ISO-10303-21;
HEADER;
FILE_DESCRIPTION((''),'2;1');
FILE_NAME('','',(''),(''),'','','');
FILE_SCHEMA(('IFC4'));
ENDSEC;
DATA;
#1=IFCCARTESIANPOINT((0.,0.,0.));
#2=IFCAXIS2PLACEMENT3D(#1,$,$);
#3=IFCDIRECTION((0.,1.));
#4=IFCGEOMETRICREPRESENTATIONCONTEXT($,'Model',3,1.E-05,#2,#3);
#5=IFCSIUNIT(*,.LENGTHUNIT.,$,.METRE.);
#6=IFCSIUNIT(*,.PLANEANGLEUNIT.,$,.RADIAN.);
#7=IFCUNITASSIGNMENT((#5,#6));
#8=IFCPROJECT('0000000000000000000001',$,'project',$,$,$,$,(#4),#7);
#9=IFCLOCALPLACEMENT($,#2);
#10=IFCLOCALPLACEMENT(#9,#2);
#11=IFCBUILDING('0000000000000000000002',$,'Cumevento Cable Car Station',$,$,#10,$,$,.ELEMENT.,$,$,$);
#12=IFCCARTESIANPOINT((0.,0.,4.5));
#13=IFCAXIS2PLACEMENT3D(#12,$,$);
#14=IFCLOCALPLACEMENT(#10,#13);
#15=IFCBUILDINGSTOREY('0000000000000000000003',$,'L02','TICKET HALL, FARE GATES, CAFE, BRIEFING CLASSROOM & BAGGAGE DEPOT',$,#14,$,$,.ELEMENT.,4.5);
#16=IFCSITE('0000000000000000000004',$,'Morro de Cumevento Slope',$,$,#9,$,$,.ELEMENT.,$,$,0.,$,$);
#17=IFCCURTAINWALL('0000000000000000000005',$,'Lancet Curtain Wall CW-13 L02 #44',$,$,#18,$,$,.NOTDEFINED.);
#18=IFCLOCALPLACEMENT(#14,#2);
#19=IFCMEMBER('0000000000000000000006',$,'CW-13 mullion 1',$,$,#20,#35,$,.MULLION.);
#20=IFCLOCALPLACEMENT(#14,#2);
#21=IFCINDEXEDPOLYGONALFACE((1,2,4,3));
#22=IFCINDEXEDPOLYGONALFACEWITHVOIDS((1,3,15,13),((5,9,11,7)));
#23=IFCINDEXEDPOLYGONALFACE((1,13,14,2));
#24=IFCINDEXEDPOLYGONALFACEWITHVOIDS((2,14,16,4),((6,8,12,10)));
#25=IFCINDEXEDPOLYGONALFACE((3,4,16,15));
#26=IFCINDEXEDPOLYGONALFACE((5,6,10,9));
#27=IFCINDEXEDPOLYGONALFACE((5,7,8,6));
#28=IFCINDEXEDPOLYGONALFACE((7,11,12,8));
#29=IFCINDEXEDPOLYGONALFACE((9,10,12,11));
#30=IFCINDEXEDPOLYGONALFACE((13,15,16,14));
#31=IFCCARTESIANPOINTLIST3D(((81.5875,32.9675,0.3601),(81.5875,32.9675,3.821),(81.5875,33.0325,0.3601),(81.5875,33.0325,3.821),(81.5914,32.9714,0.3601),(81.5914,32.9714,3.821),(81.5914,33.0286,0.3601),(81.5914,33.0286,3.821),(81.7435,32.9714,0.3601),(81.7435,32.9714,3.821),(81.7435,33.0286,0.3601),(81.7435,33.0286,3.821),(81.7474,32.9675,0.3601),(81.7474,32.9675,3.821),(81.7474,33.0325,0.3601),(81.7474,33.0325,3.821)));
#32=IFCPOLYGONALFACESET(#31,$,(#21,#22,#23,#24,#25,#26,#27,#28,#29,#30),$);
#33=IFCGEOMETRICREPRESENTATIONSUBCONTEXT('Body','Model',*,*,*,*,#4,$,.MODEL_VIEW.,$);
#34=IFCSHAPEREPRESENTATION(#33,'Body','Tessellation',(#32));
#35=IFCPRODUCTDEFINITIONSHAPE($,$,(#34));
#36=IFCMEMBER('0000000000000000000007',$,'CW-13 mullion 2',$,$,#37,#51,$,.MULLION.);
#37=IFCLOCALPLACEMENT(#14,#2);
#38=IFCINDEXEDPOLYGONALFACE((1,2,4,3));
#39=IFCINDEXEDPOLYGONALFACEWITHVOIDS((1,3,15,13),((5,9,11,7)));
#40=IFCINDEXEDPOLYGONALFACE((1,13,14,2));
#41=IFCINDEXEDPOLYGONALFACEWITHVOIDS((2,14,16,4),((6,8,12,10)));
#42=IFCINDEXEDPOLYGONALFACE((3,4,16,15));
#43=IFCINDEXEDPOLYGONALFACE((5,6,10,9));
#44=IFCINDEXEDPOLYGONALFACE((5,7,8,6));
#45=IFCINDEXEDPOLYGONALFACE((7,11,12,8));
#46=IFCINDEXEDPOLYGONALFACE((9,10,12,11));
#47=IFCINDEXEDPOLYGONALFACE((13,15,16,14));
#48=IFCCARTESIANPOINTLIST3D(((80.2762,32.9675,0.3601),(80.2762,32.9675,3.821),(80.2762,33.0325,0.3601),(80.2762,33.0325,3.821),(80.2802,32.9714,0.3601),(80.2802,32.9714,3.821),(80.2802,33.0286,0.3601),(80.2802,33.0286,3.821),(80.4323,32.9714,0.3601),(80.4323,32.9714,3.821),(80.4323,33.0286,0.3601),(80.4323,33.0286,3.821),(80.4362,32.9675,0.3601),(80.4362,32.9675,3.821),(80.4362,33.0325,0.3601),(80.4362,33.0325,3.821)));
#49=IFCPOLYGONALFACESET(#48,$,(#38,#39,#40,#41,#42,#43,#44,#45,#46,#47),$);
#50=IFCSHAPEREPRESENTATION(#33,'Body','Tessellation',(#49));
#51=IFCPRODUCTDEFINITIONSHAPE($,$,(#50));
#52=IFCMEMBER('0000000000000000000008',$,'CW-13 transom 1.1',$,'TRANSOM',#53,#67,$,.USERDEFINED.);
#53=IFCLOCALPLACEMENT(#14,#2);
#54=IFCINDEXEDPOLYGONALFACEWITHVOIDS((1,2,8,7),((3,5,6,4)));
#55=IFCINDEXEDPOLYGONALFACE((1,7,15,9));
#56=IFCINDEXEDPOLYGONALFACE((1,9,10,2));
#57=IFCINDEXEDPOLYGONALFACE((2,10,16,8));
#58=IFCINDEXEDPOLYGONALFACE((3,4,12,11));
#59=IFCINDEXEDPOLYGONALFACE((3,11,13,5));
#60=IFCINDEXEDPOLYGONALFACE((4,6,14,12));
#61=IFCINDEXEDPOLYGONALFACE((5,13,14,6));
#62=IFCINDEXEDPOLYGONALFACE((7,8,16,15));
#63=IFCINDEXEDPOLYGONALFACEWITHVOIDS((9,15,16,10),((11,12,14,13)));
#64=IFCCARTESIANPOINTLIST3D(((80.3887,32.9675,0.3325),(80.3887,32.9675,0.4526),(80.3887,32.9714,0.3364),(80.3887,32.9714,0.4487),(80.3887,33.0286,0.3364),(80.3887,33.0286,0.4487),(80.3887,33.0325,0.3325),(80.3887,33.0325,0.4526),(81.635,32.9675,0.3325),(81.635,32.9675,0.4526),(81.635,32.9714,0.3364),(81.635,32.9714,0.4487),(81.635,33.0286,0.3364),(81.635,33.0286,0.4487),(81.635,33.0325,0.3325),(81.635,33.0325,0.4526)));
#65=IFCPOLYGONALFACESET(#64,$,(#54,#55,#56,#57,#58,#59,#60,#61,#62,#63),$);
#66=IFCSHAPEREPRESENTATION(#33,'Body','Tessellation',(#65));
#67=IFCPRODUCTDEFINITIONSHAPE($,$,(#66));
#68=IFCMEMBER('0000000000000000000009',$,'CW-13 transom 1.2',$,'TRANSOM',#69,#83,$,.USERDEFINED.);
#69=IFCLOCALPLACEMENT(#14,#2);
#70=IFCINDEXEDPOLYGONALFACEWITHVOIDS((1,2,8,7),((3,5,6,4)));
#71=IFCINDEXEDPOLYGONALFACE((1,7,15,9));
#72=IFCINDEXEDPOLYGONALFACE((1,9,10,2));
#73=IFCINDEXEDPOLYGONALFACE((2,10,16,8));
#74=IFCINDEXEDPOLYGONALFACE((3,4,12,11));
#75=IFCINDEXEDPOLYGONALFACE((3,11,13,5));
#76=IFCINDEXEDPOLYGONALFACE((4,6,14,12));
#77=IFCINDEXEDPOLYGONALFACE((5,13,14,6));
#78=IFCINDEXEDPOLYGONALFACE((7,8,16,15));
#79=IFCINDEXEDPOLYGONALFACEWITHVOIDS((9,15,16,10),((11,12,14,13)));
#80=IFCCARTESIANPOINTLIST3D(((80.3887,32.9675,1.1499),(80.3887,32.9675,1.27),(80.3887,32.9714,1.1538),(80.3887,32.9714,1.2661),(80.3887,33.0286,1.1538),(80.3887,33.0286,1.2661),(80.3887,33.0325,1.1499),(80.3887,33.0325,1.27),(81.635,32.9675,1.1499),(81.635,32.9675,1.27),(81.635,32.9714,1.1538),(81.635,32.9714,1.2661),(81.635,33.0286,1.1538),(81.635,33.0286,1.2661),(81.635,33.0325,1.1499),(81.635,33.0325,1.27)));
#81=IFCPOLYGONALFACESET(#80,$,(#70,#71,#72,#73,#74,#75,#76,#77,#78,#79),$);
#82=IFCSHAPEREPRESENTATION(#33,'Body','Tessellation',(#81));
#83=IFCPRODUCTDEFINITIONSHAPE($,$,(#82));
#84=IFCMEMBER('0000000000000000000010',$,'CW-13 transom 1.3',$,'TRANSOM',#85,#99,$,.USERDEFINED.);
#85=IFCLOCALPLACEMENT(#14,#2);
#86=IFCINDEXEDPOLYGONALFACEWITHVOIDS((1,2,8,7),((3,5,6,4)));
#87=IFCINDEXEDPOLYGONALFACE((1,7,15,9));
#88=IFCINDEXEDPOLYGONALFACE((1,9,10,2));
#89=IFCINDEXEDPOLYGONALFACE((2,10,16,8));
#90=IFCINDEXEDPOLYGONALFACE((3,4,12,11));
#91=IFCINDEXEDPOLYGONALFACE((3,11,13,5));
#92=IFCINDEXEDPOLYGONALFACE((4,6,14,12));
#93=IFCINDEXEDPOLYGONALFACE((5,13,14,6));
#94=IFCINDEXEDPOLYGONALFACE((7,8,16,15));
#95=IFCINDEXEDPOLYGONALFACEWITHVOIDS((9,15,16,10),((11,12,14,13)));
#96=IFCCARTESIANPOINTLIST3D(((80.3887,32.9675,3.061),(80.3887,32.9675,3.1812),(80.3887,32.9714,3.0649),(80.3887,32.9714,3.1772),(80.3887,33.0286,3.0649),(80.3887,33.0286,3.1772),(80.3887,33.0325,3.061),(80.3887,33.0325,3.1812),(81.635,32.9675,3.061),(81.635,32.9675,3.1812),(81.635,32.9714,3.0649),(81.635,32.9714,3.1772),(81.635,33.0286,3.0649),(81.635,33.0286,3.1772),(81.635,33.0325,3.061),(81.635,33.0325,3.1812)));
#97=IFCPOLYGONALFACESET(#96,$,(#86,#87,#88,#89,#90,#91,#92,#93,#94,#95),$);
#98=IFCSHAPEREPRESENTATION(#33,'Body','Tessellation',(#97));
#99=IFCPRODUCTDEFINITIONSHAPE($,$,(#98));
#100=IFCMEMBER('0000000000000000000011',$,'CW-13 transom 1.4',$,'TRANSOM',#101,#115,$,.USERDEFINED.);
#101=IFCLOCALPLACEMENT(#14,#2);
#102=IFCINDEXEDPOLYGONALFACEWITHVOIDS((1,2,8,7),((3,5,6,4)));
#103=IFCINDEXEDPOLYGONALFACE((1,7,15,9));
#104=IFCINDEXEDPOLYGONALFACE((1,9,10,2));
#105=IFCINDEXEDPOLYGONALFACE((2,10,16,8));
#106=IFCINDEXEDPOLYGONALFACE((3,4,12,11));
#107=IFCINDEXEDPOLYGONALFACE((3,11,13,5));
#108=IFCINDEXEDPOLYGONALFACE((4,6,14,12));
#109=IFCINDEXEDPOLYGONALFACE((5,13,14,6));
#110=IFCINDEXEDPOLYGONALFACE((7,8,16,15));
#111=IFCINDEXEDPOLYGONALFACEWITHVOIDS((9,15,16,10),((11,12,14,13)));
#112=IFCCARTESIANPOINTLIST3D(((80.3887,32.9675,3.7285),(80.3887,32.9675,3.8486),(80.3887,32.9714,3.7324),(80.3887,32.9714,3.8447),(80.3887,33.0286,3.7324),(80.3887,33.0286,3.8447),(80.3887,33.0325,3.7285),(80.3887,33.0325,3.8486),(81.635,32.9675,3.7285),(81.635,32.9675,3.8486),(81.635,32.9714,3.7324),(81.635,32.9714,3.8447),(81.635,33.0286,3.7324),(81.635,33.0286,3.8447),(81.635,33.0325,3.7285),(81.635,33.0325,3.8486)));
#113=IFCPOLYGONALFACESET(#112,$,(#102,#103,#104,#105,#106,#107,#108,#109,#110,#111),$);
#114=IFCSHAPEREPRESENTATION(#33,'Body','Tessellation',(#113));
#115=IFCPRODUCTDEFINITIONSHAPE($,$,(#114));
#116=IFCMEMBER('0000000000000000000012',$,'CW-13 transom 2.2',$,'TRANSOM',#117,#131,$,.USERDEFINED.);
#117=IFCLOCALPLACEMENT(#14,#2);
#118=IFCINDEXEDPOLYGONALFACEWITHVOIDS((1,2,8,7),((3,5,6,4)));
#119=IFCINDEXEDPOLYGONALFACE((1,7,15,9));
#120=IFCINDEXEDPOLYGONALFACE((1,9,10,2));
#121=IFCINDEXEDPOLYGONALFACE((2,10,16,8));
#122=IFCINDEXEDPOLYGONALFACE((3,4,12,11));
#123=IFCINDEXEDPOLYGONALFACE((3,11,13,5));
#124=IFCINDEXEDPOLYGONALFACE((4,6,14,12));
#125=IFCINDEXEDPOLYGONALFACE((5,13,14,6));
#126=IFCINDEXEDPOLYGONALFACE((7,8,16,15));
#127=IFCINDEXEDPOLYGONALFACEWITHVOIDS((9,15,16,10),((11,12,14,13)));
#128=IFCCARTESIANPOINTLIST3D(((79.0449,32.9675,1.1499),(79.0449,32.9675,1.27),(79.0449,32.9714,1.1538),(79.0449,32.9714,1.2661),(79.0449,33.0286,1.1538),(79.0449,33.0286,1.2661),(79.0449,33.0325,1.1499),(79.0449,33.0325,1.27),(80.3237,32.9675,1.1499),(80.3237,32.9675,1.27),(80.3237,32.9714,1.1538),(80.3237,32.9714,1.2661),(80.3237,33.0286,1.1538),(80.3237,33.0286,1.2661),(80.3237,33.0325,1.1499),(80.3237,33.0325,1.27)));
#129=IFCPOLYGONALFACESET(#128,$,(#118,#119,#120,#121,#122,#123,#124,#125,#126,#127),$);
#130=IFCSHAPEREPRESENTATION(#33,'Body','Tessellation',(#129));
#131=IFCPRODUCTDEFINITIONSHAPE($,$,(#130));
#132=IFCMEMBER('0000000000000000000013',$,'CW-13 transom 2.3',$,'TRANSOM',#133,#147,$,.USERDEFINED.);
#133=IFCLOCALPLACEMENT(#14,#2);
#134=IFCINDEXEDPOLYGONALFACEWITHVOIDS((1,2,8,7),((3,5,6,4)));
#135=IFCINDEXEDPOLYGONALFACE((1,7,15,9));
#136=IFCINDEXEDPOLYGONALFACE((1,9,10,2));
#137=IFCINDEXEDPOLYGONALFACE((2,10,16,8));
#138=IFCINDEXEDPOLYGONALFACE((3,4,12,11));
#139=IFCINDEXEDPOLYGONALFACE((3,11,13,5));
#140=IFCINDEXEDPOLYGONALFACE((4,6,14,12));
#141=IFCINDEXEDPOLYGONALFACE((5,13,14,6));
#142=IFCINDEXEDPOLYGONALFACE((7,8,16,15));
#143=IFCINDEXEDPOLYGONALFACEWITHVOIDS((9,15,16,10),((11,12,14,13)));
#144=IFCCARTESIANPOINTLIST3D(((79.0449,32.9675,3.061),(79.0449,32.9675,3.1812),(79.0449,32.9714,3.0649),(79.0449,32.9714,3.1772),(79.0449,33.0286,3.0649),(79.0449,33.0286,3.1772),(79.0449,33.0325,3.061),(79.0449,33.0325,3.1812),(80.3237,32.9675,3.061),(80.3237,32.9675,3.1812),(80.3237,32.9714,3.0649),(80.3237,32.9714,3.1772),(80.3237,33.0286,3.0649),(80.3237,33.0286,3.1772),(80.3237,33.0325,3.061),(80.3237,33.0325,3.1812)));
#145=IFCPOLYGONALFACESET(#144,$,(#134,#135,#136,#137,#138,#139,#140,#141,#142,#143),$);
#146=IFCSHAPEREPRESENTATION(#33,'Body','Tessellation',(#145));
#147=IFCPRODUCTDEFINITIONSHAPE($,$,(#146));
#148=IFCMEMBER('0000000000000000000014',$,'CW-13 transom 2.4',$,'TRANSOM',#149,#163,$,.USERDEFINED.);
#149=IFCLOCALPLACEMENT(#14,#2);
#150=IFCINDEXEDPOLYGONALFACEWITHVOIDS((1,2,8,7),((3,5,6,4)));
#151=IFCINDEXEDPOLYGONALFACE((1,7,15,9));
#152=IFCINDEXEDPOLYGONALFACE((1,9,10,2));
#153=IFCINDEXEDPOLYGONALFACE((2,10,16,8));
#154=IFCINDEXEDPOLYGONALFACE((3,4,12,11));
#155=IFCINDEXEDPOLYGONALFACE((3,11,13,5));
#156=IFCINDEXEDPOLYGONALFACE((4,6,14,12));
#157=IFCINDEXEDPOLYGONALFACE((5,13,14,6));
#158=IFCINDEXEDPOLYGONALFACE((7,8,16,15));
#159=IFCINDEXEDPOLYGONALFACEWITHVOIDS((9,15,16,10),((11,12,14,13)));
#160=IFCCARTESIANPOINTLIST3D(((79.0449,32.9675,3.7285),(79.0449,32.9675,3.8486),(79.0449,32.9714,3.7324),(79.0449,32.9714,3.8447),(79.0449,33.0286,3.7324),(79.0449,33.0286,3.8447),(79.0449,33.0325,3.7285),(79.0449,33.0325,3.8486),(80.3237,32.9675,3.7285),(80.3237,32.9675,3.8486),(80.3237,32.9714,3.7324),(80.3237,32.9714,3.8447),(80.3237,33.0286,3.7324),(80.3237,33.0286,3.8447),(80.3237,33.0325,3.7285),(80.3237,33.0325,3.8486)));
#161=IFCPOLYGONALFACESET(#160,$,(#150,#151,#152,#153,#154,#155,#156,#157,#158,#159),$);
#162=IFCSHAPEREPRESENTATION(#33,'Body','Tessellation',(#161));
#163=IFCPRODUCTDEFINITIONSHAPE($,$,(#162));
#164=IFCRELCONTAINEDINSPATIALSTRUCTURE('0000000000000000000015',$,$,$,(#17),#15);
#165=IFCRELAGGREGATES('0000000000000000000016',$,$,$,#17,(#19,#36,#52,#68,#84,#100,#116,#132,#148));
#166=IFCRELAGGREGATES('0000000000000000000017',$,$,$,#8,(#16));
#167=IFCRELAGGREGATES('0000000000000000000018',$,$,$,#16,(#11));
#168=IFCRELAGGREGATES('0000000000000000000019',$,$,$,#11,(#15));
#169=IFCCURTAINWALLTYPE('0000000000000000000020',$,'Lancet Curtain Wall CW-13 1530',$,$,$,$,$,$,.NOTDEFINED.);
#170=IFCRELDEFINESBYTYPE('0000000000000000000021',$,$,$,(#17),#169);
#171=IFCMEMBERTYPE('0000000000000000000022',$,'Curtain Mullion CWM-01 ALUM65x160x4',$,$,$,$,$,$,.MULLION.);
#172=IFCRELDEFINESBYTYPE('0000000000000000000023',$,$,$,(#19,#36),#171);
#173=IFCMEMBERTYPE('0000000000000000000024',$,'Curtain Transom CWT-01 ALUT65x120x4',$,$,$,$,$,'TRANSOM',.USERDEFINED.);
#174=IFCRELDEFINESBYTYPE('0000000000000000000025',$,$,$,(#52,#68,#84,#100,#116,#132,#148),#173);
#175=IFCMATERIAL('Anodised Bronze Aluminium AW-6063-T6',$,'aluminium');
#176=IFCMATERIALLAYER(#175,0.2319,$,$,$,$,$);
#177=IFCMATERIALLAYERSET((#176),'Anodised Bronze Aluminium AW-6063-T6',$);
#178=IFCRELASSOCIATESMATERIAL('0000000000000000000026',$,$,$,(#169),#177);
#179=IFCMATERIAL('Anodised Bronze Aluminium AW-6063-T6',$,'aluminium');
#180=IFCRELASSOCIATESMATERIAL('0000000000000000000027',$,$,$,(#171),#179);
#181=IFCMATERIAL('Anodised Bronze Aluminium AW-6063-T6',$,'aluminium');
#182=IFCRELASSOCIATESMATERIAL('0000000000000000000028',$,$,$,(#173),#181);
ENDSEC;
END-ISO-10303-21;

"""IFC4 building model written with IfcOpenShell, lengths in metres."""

from ifc_helpers import new_model, si_unit, direction, frame, origin, origin_2d, place, context, subcontext, project, spatial, hollow_rectangle, extrude, material, layer, layer_set, material_profile, profile_set, type_object, element, aggregate, save


model = new_model("IFC4")

# Units and contexts
model_context = context("Model", 3, precision=1e-05, world=origin(), true_north=direction((0.0, 1.0)))
body_context = subcontext(model_context, "Body", "Model", "MODEL_VIEW")
ifc_project = project(units=[si_unit("LENGTHUNIT", "METRE"), si_unit("PLANEANGLEUNIT", "RADIAN")], contexts=[model_context])

# Site, building, storey
site_placement = place(None, origin())
site = spatial("IfcSite", under=ifc_project, at=site_placement, Name="Morro de Cumevento Slope", CompositionType="ELEMENT", RefElevation=0.0)
building_placement = place(site_placement, origin())
building = spatial("IfcBuilding", under=site, at=building_placement, Name="Cumevento Cable Car Station", CompositionType="ELEMENT")
storey_placement = place(building_placement, frame((0.0, 0.0, 4.5)))
storey = spatial("IfcBuildingStorey", under=building, at=storey_placement, Name="L02", Description="TICKET HALL, FARE GATES, CAFE, BRIEFING CLASSROOM & BAGGAGE DEPOT", CompositionType="ELEMENT", Elevation=4.5)

# Curtain wall, members
ifc_material_1 = material(Name="Anodised Bronze Aluminium AW-6063-T6", Category="aluminium")
ifc_layer_1 = layer(ifc_material_1, 0.2319)
ifc_layer_set_1 = layer_set([ifc_layer_1], Name="Anodised Bronze Aluminium AW-6063-T6")
curtain_wall_type = type_object("IfcCurtainWallType", Name="Lancet Curtain Wall CW-13 1530", PredefinedType="NOTDEFINED", material=ifc_layer_set_1)
curtain_wall_placement = place(storey_placement, origin())
curtain_wall = element("IfcCurtainWall", 1, at=curtain_wall_placement, inside=storey, type_object=curtain_wall_type, Name="Lancet Curtain Wall CW-13 L02 #44", PredefinedType="NOTDEFINED")
ifc_material_2 = material(Name="Anodised Bronze Aluminium AW-6063-T6", Category="aluminium")
ifc_material_profile_1 = material_profile(ifc_material_2, hollow_rectangle(XDim=0.0649, YDim=0.1599, WallThickness=0.0039, at=origin_2d()), Name="ALUM65x160x4")
ifc_profile_set_1 = profile_set([ifc_material_profile_1], Name="Anodised Bronze Aluminium AW-6063-T6")
member_type_1 = type_object("IfcMemberType", Name="Curtain Mullion CWM-01 ALUM65x160x4", PredefinedType="MULLION", material=ifc_profile_set_1)
member_1_placement = place(storey_placement, frame((81.6675, 33.0, 0.3601), z_axis=(0.0, 0.0, 1.0), x_axis=(0.0, -1.0, 0.0)))
member_1 = element("IfcMember", 2, at=member_1_placement, type_object=member_type_1, Name="CW-13 mullion 1", PredefinedType="MULLION", context=body_context, shape_type="SweptSolid", body=[
    extrude(hollow_rectangle(XDim=0.0649, YDim=0.1599, WallThickness=0.0039, at=origin_2d()), origin(), (0.0, 0.0, 1.0), 3.4609),
])
member_2_placement = place(storey_placement, frame((80.3562, 33.0, 0.3601), z_axis=(0.0, 0.0, 1.0), x_axis=(0.0, -1.0, 0.0)))
member_2 = element("IfcMember", 3, at=member_2_placement, type_object=member_type_1, Name="CW-13 mullion 2", PredefinedType="MULLION", context=body_context, shape_type="SweptSolid", body=[
    extrude(hollow_rectangle(XDim=0.0649, YDim=0.1599, WallThickness=0.0039, at=origin_2d()), origin(), (0.0, 0.0, 1.0), 3.4609),
])
ifc_material_3 = material(Name="Anodised Bronze Aluminium AW-6063-T6", Category="aluminium")
ifc_material_profile_2 = material_profile(ifc_material_3, hollow_rectangle(XDim=0.0649, YDim=0.1201, WallThickness=0.0039, at=origin_2d()), Name="ALUT65x120x4")
ifc_profile_set_2 = profile_set([ifc_material_profile_2], Name="Anodised Bronze Aluminium AW-6063-T6")
member_type_2 = type_object("IfcMemberType", Name="Curtain Transom CWT-01 ALUT65x120x4", ElementType="TRANSOM", PredefinedType="USERDEFINED", material=ifc_profile_set_2)
member_3_placement = place(storey_placement, frame((81.635, 33.0, 0.3926), z_axis=(-1.0, 0.0, 0.0), x_axis=(0.0, -1.0, 0.0)))
member_3 = element("IfcMember", 4, at=member_3_placement, type_object=member_type_2, Name="CW-13 transom 1.1", ObjectType="TRANSOM", PredefinedType="USERDEFINED", context=body_context, shape_type="SweptSolid", body=[
    extrude(hollow_rectangle(XDim=0.0649, YDim=0.1201, WallThickness=0.0039, at=origin_2d()), origin(), (0.0, 0.0, 1.0), 1.2463),
])
member_4_placement = place(storey_placement, frame((81.635, 33.0, 1.21), z_axis=(-1.0, 0.0, 0.0), x_axis=(0.0, -1.0, 0.0)))
member_4 = element("IfcMember", 5, at=member_4_placement, type_object=member_type_2, Name="CW-13 transom 1.2", ObjectType="TRANSOM", PredefinedType="USERDEFINED", context=body_context, shape_type="SweptSolid", body=[
    extrude(hollow_rectangle(XDim=0.0649, YDim=0.1201, WallThickness=0.0039, at=origin_2d()), origin(), (0.0, 0.0, 1.0), 1.2463),
])
member_5_placement = place(storey_placement, frame((81.635, 33.0, 3.1211), z_axis=(-1.0, 0.0, 0.0), x_axis=(0.0, -1.0, 0.0)))
member_5 = element("IfcMember", 6, at=member_5_placement, type_object=member_type_2, Name="CW-13 transom 1.3", ObjectType="TRANSOM", PredefinedType="USERDEFINED", context=body_context, shape_type="SweptSolid", body=[
    extrude(hollow_rectangle(XDim=0.0649, YDim=0.1201, WallThickness=0.0039, at=origin_2d()), origin(), (0.0, 0.0, 1.0), 1.2463),
])
member_6_placement = place(storey_placement, frame((81.635, 33.0, 3.7886), z_axis=(-1.0, 0.0, 0.0), x_axis=(0.0, -1.0, 0.0)))
member_6 = element("IfcMember", 7, at=member_6_placement, type_object=member_type_2, Name="CW-13 transom 1.4", ObjectType="TRANSOM", PredefinedType="USERDEFINED", context=body_context, shape_type="SweptSolid", body=[
    extrude(hollow_rectangle(XDim=0.0649, YDim=0.1201, WallThickness=0.0039, at=origin_2d()), origin(), (0.0, 0.0, 1.0), 1.2463),
])
member_7_placement = place(storey_placement, frame((80.3237, 33.0, 1.21), z_axis=(-1.0, 0.0, 0.0), x_axis=(0.0, -1.0, 0.0)))
member_7 = element("IfcMember", 8, at=member_7_placement, type_object=member_type_2, Name="CW-13 transom 2.2", ObjectType="TRANSOM", PredefinedType="USERDEFINED", context=body_context, shape_type="SweptSolid", body=[
    extrude(hollow_rectangle(XDim=0.0649, YDim=0.1201, WallThickness=0.0039, at=origin_2d()), origin(), (0.0, 0.0, 1.0), 1.2788),
])
member_8_placement = place(storey_placement, frame((80.3237, 33.0, 3.1211), z_axis=(-1.0, 0.0, 0.0), x_axis=(0.0, -1.0, 0.0)))
member_8 = element("IfcMember", 9, at=member_8_placement, type_object=member_type_2, Name="CW-13 transom 2.3", ObjectType="TRANSOM", PredefinedType="USERDEFINED", context=body_context, shape_type="SweptSolid", body=[
    extrude(hollow_rectangle(XDim=0.0649, YDim=0.1201, WallThickness=0.0039, at=origin_2d()), origin(), (0.0, 0.0, 1.0), 1.2788),
])
member_9_placement = place(storey_placement, frame((80.3237, 33.0, 3.7886), z_axis=(-1.0, 0.0, 0.0), x_axis=(0.0, -1.0, 0.0)))
member_9 = element("IfcMember", 10, at=member_9_placement, type_object=member_type_2, Name="CW-13 transom 2.4", ObjectType="TRANSOM", PredefinedType="USERDEFINED", context=body_context, shape_type="SweptSolid", body=[
    extrude(hollow_rectangle(XDim=0.0649, YDim=0.1201, WallThickness=0.0039, at=origin_2d()), origin(), (0.0, 0.0, 1.0), 1.2788),
])

aggregate(curtain_wall, [member_1, member_2, member_3, member_4, member_5, member_6, member_7, member_8, member_9])

save(model, "model.ifc")
